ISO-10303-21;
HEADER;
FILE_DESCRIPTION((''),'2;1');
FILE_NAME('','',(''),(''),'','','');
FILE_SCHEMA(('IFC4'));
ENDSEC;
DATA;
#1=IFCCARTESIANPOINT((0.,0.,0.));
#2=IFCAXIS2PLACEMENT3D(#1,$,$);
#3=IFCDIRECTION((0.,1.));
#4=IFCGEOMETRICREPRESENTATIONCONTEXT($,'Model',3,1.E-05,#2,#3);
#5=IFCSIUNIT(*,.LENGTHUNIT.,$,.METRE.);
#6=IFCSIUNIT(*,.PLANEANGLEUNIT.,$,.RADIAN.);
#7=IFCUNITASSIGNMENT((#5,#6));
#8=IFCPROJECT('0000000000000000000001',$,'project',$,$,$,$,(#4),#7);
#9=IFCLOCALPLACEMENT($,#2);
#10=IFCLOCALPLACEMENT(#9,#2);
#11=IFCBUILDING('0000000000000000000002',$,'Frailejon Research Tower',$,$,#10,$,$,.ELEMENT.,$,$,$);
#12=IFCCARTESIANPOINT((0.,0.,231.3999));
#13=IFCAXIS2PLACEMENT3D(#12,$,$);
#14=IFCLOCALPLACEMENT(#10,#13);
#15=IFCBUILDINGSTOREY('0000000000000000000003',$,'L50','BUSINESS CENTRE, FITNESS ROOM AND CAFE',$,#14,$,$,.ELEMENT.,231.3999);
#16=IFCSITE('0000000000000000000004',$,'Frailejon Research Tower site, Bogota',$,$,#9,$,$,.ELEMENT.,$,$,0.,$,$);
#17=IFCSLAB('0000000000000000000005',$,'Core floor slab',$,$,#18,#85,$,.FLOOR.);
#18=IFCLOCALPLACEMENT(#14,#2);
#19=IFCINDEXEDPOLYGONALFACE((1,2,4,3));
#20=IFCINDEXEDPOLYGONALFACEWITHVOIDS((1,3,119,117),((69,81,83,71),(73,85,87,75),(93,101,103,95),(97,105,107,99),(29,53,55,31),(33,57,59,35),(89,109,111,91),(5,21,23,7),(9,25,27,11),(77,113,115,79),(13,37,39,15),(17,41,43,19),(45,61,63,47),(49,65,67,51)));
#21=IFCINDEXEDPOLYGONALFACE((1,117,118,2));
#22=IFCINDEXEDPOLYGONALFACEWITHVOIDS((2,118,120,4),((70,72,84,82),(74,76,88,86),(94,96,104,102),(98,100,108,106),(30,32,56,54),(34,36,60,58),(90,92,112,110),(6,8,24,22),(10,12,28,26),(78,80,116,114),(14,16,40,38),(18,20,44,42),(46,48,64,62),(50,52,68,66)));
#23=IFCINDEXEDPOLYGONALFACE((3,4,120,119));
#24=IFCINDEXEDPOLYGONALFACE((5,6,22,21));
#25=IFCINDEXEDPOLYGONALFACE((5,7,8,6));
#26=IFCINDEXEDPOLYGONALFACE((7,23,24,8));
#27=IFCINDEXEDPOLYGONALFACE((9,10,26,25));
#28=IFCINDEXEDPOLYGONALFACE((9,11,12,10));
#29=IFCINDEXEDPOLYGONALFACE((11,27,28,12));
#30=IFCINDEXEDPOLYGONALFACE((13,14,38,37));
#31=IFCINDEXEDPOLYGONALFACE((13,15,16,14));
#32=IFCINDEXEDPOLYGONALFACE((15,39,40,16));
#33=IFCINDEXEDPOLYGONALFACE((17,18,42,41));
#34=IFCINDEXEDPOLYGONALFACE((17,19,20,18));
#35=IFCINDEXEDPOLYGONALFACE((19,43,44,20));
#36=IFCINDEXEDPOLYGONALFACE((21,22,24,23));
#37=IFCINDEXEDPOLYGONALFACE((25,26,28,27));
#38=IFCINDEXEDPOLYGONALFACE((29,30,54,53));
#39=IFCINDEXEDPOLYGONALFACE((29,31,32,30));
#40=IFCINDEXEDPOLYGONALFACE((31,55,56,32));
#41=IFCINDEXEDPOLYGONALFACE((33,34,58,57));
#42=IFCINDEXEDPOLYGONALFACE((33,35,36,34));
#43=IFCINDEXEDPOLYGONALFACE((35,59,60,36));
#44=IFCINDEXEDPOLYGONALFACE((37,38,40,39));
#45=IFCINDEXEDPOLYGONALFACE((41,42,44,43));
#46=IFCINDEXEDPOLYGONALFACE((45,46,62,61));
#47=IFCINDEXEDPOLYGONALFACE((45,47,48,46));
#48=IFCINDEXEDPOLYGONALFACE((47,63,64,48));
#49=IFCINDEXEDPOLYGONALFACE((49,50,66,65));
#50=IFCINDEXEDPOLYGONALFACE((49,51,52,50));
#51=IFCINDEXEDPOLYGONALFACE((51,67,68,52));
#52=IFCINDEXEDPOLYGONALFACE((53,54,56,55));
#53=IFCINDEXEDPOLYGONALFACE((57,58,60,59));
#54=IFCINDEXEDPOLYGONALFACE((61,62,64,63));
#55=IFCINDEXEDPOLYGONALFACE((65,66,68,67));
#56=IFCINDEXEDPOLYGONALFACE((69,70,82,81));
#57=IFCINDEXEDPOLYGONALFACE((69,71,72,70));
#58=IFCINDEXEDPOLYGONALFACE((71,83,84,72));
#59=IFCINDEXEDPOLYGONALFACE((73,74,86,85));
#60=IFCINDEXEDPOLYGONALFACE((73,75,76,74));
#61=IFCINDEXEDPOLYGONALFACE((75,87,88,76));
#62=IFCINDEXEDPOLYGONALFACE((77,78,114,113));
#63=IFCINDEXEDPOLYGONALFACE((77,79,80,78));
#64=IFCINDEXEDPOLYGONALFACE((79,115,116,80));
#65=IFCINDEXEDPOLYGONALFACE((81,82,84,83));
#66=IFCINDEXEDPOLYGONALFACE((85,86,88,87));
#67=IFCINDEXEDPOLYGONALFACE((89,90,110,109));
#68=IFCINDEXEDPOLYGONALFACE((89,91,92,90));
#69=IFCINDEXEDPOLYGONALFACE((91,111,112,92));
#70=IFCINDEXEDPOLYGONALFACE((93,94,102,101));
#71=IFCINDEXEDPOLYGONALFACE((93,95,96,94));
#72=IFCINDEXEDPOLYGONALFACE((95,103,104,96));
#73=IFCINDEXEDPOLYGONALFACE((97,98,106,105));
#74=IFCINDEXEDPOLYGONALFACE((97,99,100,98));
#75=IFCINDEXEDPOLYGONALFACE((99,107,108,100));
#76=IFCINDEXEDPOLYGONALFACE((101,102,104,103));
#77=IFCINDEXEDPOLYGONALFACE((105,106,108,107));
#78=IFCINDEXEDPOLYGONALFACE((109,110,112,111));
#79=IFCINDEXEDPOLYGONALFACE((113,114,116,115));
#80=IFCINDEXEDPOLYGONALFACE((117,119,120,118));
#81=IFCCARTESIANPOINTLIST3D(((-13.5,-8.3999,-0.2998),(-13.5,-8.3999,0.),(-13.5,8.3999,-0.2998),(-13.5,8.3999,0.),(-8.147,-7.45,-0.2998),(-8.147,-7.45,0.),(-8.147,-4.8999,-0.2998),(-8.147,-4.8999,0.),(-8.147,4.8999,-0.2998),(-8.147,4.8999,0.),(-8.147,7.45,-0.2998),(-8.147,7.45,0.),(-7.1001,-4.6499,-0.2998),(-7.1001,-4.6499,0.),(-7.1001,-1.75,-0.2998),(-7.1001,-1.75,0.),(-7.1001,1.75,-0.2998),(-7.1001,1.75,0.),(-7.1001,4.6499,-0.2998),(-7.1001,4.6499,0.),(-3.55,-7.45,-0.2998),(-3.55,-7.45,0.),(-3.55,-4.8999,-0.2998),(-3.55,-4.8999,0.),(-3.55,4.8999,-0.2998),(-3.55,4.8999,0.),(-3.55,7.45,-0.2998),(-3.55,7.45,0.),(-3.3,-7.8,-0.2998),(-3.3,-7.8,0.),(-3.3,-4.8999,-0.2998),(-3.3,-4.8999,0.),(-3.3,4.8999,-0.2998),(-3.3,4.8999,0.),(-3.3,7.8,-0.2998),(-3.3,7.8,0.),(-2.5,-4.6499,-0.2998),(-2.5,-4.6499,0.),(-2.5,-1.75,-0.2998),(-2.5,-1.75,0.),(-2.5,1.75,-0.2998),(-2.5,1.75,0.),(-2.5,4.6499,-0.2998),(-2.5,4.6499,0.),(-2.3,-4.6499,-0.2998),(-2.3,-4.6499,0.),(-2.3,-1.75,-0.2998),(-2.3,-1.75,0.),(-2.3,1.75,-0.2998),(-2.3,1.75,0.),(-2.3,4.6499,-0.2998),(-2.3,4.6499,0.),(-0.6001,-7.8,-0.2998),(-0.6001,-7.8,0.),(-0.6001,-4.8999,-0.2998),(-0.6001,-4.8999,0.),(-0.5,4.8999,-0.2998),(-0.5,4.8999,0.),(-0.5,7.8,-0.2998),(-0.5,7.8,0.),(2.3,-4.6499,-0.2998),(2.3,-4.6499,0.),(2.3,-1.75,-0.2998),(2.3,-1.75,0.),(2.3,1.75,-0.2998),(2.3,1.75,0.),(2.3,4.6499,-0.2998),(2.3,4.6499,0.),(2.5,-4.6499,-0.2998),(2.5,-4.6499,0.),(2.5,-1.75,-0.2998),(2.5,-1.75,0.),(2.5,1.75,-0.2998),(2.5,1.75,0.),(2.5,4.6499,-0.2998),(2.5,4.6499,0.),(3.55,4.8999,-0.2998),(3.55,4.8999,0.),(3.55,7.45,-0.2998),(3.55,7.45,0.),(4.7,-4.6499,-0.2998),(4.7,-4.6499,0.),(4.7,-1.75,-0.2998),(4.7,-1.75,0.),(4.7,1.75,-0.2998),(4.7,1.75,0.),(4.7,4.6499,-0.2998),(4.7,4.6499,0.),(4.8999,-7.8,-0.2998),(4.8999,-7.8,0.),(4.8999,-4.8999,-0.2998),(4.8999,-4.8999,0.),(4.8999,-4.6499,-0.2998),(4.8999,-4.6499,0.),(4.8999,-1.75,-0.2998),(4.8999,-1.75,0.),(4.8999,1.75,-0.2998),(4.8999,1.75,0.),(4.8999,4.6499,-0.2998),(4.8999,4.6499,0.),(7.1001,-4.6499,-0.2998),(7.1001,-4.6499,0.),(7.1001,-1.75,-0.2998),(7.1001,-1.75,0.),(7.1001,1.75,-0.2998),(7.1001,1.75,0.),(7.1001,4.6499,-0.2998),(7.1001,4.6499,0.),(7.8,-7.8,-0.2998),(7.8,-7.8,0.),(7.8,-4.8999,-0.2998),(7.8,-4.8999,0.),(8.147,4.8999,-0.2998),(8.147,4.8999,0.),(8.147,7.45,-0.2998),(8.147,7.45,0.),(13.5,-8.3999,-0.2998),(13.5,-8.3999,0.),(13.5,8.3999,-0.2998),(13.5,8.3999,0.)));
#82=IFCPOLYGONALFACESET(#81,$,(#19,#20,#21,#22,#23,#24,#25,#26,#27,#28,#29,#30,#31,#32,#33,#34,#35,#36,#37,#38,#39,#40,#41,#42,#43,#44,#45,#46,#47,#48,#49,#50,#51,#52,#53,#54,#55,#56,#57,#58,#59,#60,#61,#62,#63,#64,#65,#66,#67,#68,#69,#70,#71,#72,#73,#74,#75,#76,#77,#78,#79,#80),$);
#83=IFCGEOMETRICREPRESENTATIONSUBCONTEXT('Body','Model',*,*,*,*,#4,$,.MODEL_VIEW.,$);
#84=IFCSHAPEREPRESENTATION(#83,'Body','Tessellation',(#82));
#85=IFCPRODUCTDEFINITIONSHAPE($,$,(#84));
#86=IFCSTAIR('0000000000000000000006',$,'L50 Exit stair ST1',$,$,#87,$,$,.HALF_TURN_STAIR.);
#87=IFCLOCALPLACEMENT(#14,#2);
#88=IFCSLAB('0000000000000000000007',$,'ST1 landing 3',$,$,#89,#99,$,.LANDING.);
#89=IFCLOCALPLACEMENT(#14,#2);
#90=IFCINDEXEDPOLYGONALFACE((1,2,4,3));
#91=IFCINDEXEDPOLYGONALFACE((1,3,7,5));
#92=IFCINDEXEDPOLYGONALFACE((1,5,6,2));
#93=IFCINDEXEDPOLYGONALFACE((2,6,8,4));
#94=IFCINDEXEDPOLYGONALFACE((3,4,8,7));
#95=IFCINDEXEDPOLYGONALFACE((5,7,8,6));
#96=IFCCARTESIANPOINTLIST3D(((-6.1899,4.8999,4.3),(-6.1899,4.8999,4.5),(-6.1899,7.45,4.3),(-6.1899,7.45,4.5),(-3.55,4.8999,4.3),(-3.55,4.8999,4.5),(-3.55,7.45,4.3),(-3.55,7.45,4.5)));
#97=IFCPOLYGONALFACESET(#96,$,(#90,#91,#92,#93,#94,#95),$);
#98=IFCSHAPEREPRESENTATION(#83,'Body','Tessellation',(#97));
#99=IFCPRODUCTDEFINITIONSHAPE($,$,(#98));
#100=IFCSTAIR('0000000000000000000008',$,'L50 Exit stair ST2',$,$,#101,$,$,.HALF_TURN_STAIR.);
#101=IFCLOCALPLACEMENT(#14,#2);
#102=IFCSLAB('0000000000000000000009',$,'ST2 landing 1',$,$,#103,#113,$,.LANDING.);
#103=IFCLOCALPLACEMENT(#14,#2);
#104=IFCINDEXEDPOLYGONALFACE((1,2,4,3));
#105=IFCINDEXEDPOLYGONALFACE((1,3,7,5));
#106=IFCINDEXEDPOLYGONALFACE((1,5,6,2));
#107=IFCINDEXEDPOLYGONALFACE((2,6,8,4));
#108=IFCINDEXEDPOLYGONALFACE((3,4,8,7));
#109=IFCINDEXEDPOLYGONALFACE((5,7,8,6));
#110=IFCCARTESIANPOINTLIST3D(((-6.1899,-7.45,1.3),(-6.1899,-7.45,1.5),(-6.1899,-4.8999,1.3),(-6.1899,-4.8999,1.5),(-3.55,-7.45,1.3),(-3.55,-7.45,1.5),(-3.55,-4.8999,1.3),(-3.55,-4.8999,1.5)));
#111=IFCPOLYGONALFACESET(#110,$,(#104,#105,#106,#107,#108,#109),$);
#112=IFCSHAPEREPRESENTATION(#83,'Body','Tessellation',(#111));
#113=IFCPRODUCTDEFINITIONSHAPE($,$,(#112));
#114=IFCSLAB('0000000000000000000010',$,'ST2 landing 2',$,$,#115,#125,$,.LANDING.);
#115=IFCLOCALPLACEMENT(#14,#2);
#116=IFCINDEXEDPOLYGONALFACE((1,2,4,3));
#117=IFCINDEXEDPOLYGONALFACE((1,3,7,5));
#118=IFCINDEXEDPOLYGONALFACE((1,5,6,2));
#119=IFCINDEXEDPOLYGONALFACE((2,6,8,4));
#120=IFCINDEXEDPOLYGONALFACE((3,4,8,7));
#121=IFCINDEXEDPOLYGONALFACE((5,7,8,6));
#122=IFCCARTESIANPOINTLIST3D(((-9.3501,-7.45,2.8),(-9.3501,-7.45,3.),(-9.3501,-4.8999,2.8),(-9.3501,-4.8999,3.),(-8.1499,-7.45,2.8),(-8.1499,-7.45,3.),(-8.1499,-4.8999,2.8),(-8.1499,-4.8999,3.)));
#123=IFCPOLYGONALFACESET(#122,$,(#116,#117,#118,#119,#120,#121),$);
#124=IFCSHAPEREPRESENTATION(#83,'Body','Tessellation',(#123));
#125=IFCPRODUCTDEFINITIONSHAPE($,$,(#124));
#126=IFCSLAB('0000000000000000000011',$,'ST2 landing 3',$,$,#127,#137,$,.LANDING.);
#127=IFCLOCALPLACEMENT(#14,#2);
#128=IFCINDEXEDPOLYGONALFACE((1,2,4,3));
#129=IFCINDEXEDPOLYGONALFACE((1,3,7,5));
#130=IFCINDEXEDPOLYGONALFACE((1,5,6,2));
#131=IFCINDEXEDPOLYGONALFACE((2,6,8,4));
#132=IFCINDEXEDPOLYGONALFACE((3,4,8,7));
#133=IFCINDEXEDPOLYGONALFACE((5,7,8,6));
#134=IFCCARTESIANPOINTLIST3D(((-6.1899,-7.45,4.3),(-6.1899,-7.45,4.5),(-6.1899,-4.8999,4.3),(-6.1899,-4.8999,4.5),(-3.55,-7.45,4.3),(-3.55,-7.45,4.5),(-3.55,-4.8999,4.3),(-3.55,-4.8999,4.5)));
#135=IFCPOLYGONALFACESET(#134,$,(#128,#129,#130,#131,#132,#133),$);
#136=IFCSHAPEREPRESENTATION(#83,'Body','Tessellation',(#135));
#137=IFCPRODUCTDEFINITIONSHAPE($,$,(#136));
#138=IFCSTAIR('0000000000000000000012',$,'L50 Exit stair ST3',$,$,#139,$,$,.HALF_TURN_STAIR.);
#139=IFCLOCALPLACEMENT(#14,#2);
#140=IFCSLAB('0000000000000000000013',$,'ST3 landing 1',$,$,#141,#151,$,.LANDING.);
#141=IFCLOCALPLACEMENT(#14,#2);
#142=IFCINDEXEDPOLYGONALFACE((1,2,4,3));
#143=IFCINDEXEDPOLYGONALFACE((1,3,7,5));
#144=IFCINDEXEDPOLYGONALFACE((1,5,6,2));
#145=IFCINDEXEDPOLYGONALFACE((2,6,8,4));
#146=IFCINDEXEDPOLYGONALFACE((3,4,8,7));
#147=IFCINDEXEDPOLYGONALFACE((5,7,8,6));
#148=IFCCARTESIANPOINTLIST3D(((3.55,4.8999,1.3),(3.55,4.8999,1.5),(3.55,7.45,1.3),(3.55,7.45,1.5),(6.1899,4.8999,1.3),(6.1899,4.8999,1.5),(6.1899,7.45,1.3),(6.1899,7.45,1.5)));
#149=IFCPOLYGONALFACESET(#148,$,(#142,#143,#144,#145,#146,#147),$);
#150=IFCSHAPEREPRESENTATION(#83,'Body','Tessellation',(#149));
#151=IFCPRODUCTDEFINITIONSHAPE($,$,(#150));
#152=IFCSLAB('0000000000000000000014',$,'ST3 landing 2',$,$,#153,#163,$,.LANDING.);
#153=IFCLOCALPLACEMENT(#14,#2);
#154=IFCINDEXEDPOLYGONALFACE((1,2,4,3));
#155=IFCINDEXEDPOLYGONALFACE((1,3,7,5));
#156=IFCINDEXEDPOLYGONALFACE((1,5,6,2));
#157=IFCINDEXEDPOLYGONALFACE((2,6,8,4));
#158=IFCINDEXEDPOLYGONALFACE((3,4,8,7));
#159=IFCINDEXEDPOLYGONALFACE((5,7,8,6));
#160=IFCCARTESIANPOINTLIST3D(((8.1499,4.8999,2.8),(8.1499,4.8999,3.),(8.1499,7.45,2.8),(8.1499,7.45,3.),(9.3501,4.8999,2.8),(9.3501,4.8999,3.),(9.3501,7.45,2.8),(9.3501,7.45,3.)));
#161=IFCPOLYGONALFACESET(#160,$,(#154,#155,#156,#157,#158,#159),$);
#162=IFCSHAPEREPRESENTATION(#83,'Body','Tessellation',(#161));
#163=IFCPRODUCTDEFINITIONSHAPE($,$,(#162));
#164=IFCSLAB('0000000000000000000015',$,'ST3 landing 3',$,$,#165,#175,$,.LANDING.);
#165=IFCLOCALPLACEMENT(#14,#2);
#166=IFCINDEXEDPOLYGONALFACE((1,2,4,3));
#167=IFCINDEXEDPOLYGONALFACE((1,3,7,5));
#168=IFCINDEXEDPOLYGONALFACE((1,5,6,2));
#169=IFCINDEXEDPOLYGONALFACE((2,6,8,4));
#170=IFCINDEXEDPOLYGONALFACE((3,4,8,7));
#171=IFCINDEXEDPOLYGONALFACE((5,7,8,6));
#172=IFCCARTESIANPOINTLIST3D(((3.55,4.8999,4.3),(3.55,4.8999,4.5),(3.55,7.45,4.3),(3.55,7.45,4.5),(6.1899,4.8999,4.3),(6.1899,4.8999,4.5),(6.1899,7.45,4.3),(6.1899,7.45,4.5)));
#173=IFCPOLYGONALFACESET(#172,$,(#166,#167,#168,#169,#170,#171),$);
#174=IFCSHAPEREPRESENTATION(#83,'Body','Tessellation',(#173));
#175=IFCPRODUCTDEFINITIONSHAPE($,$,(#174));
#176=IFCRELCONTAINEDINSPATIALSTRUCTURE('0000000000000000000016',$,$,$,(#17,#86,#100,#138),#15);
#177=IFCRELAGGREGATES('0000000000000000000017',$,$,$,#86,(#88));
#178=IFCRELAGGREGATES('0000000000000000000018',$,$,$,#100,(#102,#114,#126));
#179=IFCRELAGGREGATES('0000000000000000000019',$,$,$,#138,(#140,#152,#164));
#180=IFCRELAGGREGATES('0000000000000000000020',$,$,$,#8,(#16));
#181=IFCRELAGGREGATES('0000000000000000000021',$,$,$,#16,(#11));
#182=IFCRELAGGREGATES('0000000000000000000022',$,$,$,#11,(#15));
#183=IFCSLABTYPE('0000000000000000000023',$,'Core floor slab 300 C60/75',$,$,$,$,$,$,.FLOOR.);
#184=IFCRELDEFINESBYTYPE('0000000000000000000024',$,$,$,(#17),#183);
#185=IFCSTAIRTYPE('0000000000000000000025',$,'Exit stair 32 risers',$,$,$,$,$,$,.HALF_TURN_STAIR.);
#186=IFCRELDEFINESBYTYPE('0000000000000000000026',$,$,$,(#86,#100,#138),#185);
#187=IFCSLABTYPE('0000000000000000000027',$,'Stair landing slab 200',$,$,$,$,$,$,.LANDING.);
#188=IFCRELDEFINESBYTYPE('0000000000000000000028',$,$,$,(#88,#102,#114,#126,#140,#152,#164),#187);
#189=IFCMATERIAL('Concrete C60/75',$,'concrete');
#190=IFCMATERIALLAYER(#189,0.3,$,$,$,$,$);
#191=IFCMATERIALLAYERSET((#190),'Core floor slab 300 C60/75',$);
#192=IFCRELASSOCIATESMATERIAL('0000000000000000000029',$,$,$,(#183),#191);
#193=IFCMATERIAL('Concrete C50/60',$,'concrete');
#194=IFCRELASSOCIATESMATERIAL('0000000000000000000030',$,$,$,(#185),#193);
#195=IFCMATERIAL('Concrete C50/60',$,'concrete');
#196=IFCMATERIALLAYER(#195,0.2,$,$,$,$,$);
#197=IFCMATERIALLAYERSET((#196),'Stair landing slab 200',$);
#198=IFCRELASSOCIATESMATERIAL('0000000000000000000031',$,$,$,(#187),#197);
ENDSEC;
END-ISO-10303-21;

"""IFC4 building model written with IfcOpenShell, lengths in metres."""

from ifc_helpers import new_model, si_unit, direction, frame, origin, place, context, subcontext, project, spatial, polyline, outline, extrude, material, layer, layer_set, type_object, element, aggregate, save


model = new_model("IFC4")

# Units and contexts
model_context = context("Model", 3, precision=1e-05, world=origin(), true_north=direction((0.0, 1.0)))
body_context = subcontext(model_context, "Body", "Model", "MODEL_VIEW")
ifc_project = project(units=[si_unit("LENGTHUNIT", "METRE"), si_unit("PLANEANGLEUNIT", "RADIAN")], contexts=[model_context])

# Site, building, storey
site_placement = place(None, origin())
site = spatial("IfcSite", under=ifc_project, at=site_placement, Name="Frailejon Research Tower site, Bogota", CompositionType="ELEMENT", RefElevation=0.0)
building_placement = place(site_placement, origin())
building = spatial("IfcBuilding", under=site, at=building_placement, Name="Frailejon Research Tower", CompositionType="ELEMENT")
storey_placement = place(building_placement, frame((0.0, 0.0, 231.3999)))
storey = spatial("IfcBuildingStorey", under=building, at=storey_placement, Name="L50", Description="BUSINESS CENTRE, FITNESS ROOM AND CAFE", CompositionType="ELEMENT", Elevation=231.3999)

# Slab
ifc_material_1 = material(Name="Concrete C60/75", Category="concrete")
ifc_layer_1 = layer(ifc_material_1, 0.3)
ifc_layer_set_1 = layer_set([ifc_layer_1], Name="Core floor slab 300 C60/75")
slab_type_1 = type_object("IfcSlabType", Name="Core floor slab 300 C60/75", PredefinedType="FLOOR", material=ifc_layer_set_1)
slab_1_placement = place(storey_placement, frame((0.0, 0.0, -0.2998)))
element("IfcSlab", 1, at=slab_1_placement, inside=storey, type_object=slab_type_1, Name="Core floor slab", PredefinedType="FLOOR", context=body_context, shape_type="SweptSolid", body=[
    extrude(outline(polyline([(13.5, -8.3999), (13.5, 8.3999), (-13.5, 8.3999), (-13.5, -8.3999), (13.5, -8.3999)]), holes=[polyline([(-2.5, 1.75), (-2.5, 4.6499), (-7.1001, 4.6499), (-7.1001, 1.75), (-2.5, 1.75)]), polyline([(2.3, 1.75), (2.3, 4.6499), (-2.3, 4.6499), (-2.3, 1.75), (2.3, 1.75)]), polyline([(4.7, 1.75), (4.7, 4.6499), (2.5, 4.6499), (2.5, 1.75), (4.7, 1.75)]), polyline([(7.1001, 1.75), (7.1001, 4.6499), (4.8999, 4.6499), (4.8999, 1.75), (7.1001, 1.75)]), polyline([(-2.5, -4.6499), (-2.5, -1.75), (-7.1001, -1.75), (-7.1001, -4.6499), (-2.5, -4.6499)]), polyline([(2.3, -4.6499), (2.3, -1.75), (-2.3, -1.75), (-2.3, -4.6499), (2.3, -4.6499)]), polyline([(4.7, -4.6499), (4.7, -1.75), (2.5, -1.75), (2.5, -4.6499), (4.7, -4.6499)]), polyline([(7.1001, -4.6499), (7.1001, -1.75), (4.8999, -1.75), (4.8999, -4.6499), (7.1001, -4.6499)]), polyline([(-8.147, 4.8999), (-3.55, 4.8999), (-3.55, 7.45), (-8.147, 7.45), (-8.147, 4.8999)]), polyline([(-8.147, -7.45), (-3.55, -7.45), (-3.55, -4.8999), (-8.147, -4.8999), (-8.147, -7.45)]), polyline([(8.147, 7.45), (3.55, 7.45), (3.55, 4.8999), (8.147, 4.8999), (8.147, 7.45)]), polyline([(-0.6001, -7.8), (-0.6001, -4.8999), (-3.3, -4.8999), (-3.3, -7.8), (-0.6001, -7.8)]), polyline([(7.8, -7.8), (7.8, -4.8999), (4.8999, -4.8999), (4.8999, -7.8), (7.8, -7.8)]), polyline([(-0.5, 4.8999), (-0.5, 7.8), (-3.3, 7.8), (-3.3, 4.8999), (-0.5, 4.8999)])]), origin(), (0.0, 0.0, 1.0), 0.2998),
])

# Stair, slab
ifc_material_2 = material(Name="Concrete C50/60", Category="concrete")
stair_type = type_object("IfcStairType", Name="Exit stair 32 risers", PredefinedType="HALF_TURN_STAIR", material=ifc_material_2)
stair_1_placement = place(storey_placement, origin())
stair_1 = element("IfcStair", 2, at=stair_1_placement, inside=storey, type_object=stair_type, Name="L50 Exit stair ST1", PredefinedType="HALF_TURN_STAIR")
ifc_material_3 = material(Name="Concrete C50/60", Category="concrete")
ifc_layer_2 = layer(ifc_material_3, 0.2)
ifc_layer_set_2 = layer_set([ifc_layer_2], Name="Stair landing slab 200")
slab_type_2 = type_object("IfcSlabType", Name="Stair landing slab 200", PredefinedType="LANDING", material=ifc_layer_set_2)
slab_2_placement = place(storey_placement, frame((0.0, 0.0, 4.3)))
slab_2 = element("IfcSlab", 3, at=slab_2_placement, type_object=slab_type_2, Name="ST1 landing 3", PredefinedType="LANDING", context=body_context, shape_type="SweptSolid", body=[
    extrude(outline(polyline([(-6.1899, 4.8999), (-3.55, 4.8999), (-3.55, 7.45), (-6.1899, 7.45), (-6.1899, 4.8999)])), origin(), (0.0, 0.0, 1.0), 0.2),
])
aggregate(stair_1, [slab_2])

# Stairs, slabs
stair_2_placement = place(storey_placement, origin())
stair_2 = element("IfcStair", 4, at=stair_2_placement, inside=storey, type_object=stair_type, Name="L50 Exit stair ST2", PredefinedType="HALF_TURN_STAIR")
slab_3_placement = place(storey_placement, frame((0.0, 0.0, 1.3)))
slab_3 = element("IfcSlab", 5, at=slab_3_placement, type_object=slab_type_2, Name="ST2 landing 1", PredefinedType="LANDING", context=body_context, shape_type="SweptSolid", body=[
    extrude(outline(polyline([(-6.1899, -7.45), (-3.55, -7.45), (-3.55, -4.8999), (-6.1899, -4.8999), (-6.1899, -7.45)])), origin(), (0.0, 0.0, 1.0), 0.2),
])
slab_4_placement = place(storey_placement, frame((0.0, 0.0, 2.8)))
slab_4 = element("IfcSlab", 6, at=slab_4_placement, type_object=slab_type_2, Name="ST2 landing 2", PredefinedType="LANDING", context=body_context, shape_type="SweptSolid", body=[
    extrude(outline(polyline([(-9.3501, -7.45), (-8.1499, -7.45), (-8.1499, -4.8999), (-9.3501, -4.8999), (-9.3501, -7.45)])), origin(), (0.0, 0.0, 1.0), 0.2),
])
slab_5_placement = place(storey_placement, frame((0.0, 0.0, 4.3)))
slab_5 = element("IfcSlab", 7, at=slab_5_placement, type_object=slab_type_2, Name="ST2 landing 3", PredefinedType="LANDING", context=body_context, shape_type="SweptSolid", body=[
    extrude(outline(polyline([(-6.1899, -7.45), (-3.55, -7.45), (-3.55, -4.8999), (-6.1899, -4.8999), (-6.1899, -7.45)])), origin(), (0.0, 0.0, 1.0), 0.2),
])
aggregate(stair_2, [slab_3, slab_4, slab_5])
stair_3_placement = place(storey_placement, origin())
stair_3 = element("IfcStair", 8, at=stair_3_placement, inside=storey, type_object=stair_type, Name="L50 Exit stair ST3", PredefinedType="HALF_TURN_STAIR")
slab_6_placement = place(storey_placement, frame((0.0, 0.0, 1.3)))
slab_6 = element("IfcSlab", 9, at=slab_6_placement, type_object=slab_type_2, Name="ST3 landing 1", PredefinedType="LANDING", context=body_context, shape_type="SweptSolid", body=[
    extrude(outline(polyline([(6.1899, 7.45), (3.55, 7.45), (3.55, 4.8999), (6.1899, 4.8999), (6.1899, 7.45)])), origin(), (0.0, 0.0, 1.0), 0.2),
])
slab_7_placement = place(storey_placement, frame((0.0, 0.0, 2.8)))
slab_7 = element("IfcSlab", 10, at=slab_7_placement, type_object=slab_type_2, Name="ST3 landing 2", PredefinedType="LANDING", context=body_context, shape_type="SweptSolid", body=[
    extrude(outline(polyline([(9.3501, 7.45), (8.1499, 7.45), (8.1499, 4.8999), (9.3501, 4.8999), (9.3501, 7.45)])), origin(), (0.0, 0.0, 1.0), 0.2),
])
slab_8_placement = place(storey_placement, frame((0.0, 0.0, 4.3)))
slab_8 = element("IfcSlab", 11, at=slab_8_placement, type_object=slab_type_2, Name="ST3 landing 3", PredefinedType="LANDING", context=body_context, shape_type="SweptSolid", body=[
    extrude(outline(polyline([(6.1899, 7.45), (3.55, 7.45), (3.55, 4.8999), (6.1899, 4.8999), (6.1899, 7.45)])), origin(), (0.0, 0.0, 1.0), 0.2),
])
aggregate(stair_3, [slab_6, slab_7, slab_8])

save(model, "model.ifc")
